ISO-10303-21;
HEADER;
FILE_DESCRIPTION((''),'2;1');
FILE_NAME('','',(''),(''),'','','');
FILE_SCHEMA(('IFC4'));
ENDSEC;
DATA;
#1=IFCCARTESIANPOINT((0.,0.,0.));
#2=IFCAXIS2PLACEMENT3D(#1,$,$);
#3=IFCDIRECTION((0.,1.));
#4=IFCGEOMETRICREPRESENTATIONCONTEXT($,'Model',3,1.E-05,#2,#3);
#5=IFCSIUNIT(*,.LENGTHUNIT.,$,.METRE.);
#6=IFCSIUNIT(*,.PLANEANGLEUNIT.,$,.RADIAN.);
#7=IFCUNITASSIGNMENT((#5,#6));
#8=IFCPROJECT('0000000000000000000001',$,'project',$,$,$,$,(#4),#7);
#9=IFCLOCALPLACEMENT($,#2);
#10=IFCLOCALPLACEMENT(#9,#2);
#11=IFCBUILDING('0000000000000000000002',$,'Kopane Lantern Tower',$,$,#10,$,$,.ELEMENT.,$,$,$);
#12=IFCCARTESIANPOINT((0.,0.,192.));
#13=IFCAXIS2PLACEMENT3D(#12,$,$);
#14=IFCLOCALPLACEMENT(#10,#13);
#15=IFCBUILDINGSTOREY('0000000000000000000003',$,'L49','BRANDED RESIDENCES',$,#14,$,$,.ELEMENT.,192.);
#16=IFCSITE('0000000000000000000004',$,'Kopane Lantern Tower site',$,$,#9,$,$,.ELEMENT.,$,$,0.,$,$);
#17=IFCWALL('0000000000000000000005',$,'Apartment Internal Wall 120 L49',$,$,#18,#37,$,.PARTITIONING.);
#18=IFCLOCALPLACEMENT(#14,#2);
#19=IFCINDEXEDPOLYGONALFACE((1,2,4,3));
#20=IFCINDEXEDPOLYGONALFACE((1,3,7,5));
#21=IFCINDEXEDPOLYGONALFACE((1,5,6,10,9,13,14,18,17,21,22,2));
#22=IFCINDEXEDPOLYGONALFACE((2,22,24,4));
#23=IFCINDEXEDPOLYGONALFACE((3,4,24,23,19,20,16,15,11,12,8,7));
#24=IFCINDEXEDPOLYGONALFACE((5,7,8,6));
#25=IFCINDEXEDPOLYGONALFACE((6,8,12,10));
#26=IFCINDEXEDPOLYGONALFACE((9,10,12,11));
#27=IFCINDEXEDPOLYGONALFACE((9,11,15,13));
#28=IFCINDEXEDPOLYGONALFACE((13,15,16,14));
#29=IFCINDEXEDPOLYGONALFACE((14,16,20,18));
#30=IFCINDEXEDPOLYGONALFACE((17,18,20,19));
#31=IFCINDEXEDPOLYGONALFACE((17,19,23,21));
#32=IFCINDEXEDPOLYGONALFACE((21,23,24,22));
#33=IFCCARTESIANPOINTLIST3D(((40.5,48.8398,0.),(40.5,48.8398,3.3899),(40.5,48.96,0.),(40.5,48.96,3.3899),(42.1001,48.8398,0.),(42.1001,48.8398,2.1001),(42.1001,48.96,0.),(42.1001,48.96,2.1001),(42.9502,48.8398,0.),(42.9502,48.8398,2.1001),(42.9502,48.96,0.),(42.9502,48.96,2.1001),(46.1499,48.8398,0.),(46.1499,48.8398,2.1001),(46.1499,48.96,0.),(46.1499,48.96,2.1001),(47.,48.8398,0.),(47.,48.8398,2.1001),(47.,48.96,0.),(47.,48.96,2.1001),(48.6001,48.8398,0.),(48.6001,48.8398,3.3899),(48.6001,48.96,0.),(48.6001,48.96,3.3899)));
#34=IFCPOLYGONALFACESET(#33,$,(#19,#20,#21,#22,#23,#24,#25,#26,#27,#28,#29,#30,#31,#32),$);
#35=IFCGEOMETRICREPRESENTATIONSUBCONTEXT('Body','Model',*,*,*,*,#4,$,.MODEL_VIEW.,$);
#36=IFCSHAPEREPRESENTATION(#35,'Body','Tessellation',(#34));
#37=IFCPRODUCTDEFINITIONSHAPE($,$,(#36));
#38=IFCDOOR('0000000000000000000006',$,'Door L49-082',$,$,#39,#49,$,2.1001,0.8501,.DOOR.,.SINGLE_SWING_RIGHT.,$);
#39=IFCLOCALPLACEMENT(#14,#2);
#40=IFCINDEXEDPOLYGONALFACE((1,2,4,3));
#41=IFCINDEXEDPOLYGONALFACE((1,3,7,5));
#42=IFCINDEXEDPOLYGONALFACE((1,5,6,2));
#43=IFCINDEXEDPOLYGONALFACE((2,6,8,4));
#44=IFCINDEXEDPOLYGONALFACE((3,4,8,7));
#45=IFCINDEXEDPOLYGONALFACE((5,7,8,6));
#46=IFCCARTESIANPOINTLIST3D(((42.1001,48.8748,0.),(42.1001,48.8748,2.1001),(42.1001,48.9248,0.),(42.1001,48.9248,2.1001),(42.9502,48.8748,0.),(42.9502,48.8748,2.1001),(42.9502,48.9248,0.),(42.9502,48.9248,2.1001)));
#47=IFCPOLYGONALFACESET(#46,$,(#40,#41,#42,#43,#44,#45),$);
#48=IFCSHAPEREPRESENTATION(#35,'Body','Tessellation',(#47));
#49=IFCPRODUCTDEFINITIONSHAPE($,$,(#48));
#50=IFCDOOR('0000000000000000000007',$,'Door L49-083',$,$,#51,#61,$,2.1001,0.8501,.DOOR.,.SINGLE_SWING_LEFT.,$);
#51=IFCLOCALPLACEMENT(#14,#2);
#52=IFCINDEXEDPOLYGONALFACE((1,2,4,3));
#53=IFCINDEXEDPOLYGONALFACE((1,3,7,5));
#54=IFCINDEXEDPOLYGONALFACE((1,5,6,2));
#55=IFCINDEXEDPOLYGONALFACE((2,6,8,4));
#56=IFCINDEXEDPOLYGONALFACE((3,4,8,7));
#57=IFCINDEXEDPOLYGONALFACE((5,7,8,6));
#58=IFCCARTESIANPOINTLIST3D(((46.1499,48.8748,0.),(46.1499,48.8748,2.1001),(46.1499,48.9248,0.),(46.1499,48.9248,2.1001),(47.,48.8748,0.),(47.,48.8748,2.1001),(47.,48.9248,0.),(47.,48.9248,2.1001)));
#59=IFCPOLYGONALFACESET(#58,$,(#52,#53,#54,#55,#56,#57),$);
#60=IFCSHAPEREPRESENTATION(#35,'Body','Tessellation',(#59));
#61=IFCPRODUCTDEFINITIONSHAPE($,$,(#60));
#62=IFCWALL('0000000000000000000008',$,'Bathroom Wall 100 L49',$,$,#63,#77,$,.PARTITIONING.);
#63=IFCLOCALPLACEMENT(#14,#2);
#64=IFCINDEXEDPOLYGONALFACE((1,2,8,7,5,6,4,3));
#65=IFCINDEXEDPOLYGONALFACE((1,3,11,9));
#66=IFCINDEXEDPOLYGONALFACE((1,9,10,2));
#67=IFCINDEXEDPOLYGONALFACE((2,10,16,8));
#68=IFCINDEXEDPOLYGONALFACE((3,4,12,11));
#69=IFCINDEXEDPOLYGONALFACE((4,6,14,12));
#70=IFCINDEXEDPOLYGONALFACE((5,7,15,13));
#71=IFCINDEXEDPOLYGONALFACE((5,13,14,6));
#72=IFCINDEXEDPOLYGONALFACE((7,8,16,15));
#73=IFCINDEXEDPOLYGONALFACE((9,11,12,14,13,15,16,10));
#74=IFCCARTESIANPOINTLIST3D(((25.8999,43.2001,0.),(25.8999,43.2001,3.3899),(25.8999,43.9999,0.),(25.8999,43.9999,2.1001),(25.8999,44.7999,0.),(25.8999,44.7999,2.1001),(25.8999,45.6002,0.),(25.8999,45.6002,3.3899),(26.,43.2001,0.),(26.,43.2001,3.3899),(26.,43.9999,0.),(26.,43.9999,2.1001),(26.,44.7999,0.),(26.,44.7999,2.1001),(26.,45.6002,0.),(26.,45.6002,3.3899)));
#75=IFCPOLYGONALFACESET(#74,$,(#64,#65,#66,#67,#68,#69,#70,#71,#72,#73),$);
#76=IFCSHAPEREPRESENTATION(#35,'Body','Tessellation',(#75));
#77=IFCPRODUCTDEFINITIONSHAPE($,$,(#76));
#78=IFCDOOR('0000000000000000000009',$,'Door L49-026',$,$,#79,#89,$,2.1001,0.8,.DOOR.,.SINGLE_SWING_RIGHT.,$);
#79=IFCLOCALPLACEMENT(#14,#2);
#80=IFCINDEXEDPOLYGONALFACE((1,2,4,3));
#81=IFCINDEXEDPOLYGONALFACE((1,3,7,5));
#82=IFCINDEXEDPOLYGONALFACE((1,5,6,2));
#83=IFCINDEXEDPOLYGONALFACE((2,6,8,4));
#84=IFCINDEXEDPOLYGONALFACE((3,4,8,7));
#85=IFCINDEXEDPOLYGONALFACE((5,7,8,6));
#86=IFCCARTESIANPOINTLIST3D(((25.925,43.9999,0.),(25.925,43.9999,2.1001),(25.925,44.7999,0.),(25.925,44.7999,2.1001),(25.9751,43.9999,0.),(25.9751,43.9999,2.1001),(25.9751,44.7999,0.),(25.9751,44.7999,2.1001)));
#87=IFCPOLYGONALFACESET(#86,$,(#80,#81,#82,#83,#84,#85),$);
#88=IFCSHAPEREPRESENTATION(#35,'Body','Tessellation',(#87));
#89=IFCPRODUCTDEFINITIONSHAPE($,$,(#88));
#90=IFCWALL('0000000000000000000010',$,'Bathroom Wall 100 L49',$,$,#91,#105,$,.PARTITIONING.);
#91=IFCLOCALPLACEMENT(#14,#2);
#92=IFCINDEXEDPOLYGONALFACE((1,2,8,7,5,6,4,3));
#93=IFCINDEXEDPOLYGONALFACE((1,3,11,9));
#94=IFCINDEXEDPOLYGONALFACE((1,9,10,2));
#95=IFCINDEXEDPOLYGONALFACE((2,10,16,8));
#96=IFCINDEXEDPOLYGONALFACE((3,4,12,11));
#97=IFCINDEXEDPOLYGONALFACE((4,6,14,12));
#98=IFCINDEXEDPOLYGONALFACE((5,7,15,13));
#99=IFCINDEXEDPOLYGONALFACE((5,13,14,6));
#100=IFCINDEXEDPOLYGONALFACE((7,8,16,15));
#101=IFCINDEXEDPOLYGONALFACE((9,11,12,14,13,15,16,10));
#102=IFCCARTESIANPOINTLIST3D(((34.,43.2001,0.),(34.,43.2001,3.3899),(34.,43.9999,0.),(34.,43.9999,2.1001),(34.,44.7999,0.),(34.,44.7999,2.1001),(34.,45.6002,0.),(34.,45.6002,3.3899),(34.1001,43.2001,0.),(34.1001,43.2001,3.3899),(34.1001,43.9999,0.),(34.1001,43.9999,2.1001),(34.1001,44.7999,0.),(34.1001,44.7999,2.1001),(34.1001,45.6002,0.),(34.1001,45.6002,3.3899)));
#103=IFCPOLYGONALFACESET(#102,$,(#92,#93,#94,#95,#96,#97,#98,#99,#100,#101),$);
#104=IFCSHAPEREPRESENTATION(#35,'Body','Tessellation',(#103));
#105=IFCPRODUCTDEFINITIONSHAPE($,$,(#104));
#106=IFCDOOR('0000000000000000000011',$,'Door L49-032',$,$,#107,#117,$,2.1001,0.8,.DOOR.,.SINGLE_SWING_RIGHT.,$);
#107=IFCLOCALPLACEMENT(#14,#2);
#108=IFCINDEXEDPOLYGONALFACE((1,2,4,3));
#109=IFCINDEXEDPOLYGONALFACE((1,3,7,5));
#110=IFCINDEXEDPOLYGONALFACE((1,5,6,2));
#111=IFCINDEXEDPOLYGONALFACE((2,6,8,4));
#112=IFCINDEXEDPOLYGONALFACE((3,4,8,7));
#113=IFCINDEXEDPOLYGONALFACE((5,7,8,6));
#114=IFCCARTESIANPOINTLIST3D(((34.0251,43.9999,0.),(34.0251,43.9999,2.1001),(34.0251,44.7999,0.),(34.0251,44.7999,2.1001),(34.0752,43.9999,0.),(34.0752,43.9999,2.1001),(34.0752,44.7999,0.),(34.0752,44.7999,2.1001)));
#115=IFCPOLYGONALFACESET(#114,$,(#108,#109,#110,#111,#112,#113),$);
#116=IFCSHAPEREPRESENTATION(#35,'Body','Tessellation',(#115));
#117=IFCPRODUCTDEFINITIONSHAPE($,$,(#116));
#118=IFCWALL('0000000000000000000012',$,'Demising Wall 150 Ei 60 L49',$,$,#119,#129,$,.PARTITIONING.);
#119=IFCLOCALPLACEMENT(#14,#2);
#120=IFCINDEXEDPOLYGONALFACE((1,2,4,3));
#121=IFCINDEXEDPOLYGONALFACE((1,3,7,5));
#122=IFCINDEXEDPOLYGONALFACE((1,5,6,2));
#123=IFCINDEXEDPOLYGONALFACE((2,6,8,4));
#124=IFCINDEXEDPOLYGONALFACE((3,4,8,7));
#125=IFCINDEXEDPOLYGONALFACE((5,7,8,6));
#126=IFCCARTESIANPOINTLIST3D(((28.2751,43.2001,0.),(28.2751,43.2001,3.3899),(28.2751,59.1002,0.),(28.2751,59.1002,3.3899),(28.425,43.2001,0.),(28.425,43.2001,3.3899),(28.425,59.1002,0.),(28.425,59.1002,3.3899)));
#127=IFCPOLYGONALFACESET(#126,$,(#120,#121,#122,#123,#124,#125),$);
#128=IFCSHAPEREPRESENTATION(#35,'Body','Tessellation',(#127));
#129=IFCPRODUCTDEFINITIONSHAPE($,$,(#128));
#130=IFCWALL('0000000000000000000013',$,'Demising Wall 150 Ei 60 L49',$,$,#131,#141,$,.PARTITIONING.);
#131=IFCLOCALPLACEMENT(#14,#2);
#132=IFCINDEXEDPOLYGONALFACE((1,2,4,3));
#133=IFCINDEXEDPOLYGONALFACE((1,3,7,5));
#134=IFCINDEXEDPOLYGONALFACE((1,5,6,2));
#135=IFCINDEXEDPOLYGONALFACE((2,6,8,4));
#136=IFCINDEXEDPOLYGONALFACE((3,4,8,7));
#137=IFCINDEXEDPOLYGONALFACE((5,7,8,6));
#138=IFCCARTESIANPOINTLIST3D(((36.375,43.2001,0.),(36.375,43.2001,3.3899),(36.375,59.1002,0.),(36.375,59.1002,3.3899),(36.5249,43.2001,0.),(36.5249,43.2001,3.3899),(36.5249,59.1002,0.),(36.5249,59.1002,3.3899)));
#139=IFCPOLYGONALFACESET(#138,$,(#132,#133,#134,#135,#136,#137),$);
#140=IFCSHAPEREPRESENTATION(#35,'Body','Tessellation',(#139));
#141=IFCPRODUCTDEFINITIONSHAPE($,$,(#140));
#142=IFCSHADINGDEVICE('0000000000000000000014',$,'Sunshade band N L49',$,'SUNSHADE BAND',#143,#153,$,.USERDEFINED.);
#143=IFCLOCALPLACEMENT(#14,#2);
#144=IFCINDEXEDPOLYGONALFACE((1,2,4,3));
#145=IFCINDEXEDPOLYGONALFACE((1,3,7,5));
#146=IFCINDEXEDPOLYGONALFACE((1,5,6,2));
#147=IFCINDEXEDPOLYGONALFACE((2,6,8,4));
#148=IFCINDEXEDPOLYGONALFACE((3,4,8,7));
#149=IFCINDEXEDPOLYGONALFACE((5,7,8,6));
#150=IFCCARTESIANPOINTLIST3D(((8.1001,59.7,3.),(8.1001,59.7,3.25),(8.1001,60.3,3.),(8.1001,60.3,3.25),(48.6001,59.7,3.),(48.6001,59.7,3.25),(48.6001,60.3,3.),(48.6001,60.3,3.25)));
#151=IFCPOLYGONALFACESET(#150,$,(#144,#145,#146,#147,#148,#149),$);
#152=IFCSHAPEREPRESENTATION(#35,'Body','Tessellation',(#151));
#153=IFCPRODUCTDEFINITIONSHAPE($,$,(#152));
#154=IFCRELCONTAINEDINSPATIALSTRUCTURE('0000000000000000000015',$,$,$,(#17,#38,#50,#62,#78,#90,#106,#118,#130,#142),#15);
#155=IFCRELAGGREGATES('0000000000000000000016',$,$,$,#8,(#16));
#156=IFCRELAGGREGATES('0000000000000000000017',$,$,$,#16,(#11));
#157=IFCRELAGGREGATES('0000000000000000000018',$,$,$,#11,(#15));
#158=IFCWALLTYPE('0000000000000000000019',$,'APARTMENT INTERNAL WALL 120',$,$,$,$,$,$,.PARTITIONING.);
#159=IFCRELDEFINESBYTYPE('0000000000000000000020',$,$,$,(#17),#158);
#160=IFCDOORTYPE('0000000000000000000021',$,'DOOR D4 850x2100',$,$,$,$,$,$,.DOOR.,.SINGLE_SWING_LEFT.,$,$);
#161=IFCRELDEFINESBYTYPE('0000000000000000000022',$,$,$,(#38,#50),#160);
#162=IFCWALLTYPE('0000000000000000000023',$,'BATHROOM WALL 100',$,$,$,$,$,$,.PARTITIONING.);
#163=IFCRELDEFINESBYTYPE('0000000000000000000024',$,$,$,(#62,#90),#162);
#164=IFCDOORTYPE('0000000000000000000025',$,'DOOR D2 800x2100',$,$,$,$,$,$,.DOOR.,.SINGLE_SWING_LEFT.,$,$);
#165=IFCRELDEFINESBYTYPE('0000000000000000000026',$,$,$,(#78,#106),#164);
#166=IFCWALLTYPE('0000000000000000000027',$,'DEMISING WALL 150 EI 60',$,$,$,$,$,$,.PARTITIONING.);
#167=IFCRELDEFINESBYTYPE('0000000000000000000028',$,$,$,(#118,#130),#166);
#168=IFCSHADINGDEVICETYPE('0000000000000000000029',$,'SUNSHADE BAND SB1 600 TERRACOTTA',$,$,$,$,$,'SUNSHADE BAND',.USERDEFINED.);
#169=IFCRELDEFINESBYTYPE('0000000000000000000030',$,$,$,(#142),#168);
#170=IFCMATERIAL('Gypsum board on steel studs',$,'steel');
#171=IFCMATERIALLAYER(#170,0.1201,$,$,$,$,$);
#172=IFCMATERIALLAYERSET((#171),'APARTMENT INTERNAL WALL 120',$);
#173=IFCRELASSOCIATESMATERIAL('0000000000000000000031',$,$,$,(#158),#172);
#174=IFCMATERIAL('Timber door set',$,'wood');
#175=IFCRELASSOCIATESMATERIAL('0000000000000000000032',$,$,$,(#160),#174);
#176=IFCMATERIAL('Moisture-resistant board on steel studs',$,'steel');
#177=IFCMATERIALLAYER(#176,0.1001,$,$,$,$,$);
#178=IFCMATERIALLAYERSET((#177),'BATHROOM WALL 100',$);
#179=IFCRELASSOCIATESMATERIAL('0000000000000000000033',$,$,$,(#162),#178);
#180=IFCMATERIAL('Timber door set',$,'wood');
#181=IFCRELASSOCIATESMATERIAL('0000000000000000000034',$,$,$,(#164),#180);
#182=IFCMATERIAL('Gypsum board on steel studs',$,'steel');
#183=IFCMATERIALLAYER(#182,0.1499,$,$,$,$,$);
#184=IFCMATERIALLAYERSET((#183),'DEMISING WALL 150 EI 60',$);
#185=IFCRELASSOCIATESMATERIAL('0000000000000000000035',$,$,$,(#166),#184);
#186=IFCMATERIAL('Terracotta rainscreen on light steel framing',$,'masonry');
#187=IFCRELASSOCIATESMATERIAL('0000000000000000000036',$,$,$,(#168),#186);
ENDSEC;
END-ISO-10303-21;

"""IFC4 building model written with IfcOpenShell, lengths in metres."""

from ifc_helpers import new_model, si_unit, direction, frame, frame_2d, origin, origin_2d, place, context, subcontext, project, spatial, rectangle, extrude, material, layer, layer_set, type_object, element, fill, save


model = new_model("IFC4")

# Units and contexts
model_context = context("Model", 3, precision=1e-05, world=origin(), true_north=direction((0.0, 1.0)))
body_context = subcontext(model_context, "Body", "Model", "MODEL_VIEW")
ifc_project = project(units=[si_unit("LENGTHUNIT", "METRE"), si_unit("PLANEANGLEUNIT", "RADIAN")], contexts=[model_context])

# Site, building, storey
site_placement = place(None, origin())
site = spatial("IfcSite", under=ifc_project, at=site_placement, Name="Kopane Lantern Tower site", CompositionType="ELEMENT", RefElevation=0.0)
building_placement = place(site_placement, origin())
building = spatial("IfcBuilding", under=site, at=building_placement, Name="Kopane Lantern Tower", CompositionType="ELEMENT")
storey_placement = place(building_placement, frame((0.0, 0.0, 192.0)))
storey = spatial("IfcBuildingStorey", under=building, at=storey_placement, Name="L49", Description="BRANDED RESIDENCES", CompositionType="ELEMENT", Elevation=192.0)

# Shared definitions
ifc_material_1 = material(Name="Gypsum board on steel studs", Category="steel")
ifc_layer_1 = layer(ifc_material_1, 0.1201)
ifc_layer_set_1 = layer_set([ifc_layer_1], Name="APARTMENT INTERNAL WALL 120")
wall_type_1 = type_object("IfcWallType", Name="APARTMENT INTERNAL WALL 120", PredefinedType="PARTITIONING", material=ifc_layer_set_1)

# Shared definitions
ifc_material_2 = material(Name="Timber door set", Category="wood")
door_type_1 = type_object("IfcDoorType", Name="DOOR D4 850x2100", OperationType="SINGLE_SWING_LEFT", PredefinedType="DOOR", material=ifc_material_2)

# Wall, openings, doors
wall_1_placement = place(storey_placement, frame((40.5, 48.8999, 0.0), z_axis=(0.0, 0.0, 1.0), x_axis=(1.0, 0.0, 0.0)))
wall_1 = element("IfcWall", 1, at=wall_1_placement, inside=storey, type_object=wall_type_1, Name="Apartment Internal Wall 120 L49", PredefinedType="PARTITIONING", context=body_context, shape_type="SweptSolid", body=[
    extrude(rectangle(XDim=8.1001, YDim=0.1201, at=frame_2d((4.05, 0.0))), origin(), (0.0, 0.0, 1.0), 3.3899),
])
opening_1_placement = place(wall_1_placement, frame((1.6001, 0.0, 0.0)))
opening_1 = element("IfcOpeningElement", 2, at=opening_1_placement, cuts=wall_1, PredefinedType="OPENING", context=body_context, shape_type="SweptSolid", body=[
    extrude(rectangle(XDim=0.8501, YDim=2.1001, at=frame_2d((0.425, 1.05))), frame((0.0, 0.0701, 0.0), z_axis=(0.0, -1.0, 0.0), x_axis=(1.0, 0.0, 0.0)), (0.0, 0.0, 1.0), 0.1401),
])
opening_2_placement = place(wall_1_placement, frame((5.6499, 0.0, 0.0)))
opening_2 = element("IfcOpeningElement", 3, at=opening_2_placement, cuts=wall_1, PredefinedType="OPENING", context=body_context, shape_type="SweptSolid", body=[
    extrude(rectangle(XDim=0.8501, YDim=2.1001, at=frame_2d((0.425, 1.05))), frame((0.0, 0.0701, 0.0), z_axis=(0.0, -1.0, 0.0), x_axis=(1.0, 0.0, 0.0)), (0.0, 0.0, 1.0), 0.1401),
])
door_1_placement = place(opening_1_placement, origin())
door_1 = element("IfcDoor", 4, at=door_1_placement, inside=storey, type_object=door_type_1, Name="Door L49-082", OperationType="SINGLE_SWING_RIGHT", OverallHeight=2.1001, OverallWidth=0.8501, PredefinedType="DOOR", context=body_context, shape_type="SweptSolid", body=[
    extrude(rectangle(XDim=0.8501, YDim=2.1001, at=frame_2d((0.425, 1.05))), frame((0.0, 0.0249, 0.0), z_axis=(0.0, -1.0, 0.0), x_axis=(1.0, 0.0, 0.0)), (0.0, 0.0, 1.0), 0.05),
])
fill(opening_1, door_1)
door_2_placement = place(opening_2_placement, origin())
door_2 = element("IfcDoor", 5, at=door_2_placement, inside=storey, type_object=door_type_1, Name="Door L49-083", OperationType="SINGLE_SWING_LEFT", OverallHeight=2.1001, OverallWidth=0.8501, PredefinedType="DOOR", context=body_context, shape_type="SweptSolid", body=[
    extrude(rectangle(XDim=0.8501, YDim=2.1001, at=frame_2d((0.425, 1.05))), frame((0.0, 0.0249, 0.0), z_axis=(0.0, -1.0, 0.0), x_axis=(1.0, 0.0, 0.0)), (0.0, 0.0, 1.0), 0.05),
])
fill(opening_2, door_2)

# Walls, openings, doors
ifc_material_3 = material(Name="Moisture-resistant board on steel studs", Category="steel")
ifc_layer_2 = layer(ifc_material_3, 0.1001)
ifc_layer_set_2 = layer_set([ifc_layer_2], Name="BATHROOM WALL 100")
wall_type_2 = type_object("IfcWallType", Name="BATHROOM WALL 100", PredefinedType="PARTITIONING", material=ifc_layer_set_2)
wall_2_placement = place(storey_placement, frame((25.95, 43.2, 0.0), z_axis=(0.0, 0.0, 1.0), x_axis=(0.0, 1.0, 0.0)))
wall_2 = element("IfcWall", 6, at=wall_2_placement, inside=storey, type_object=wall_type_2, Name="Bathroom Wall 100 L49", PredefinedType="PARTITIONING", context=body_context, shape_type="SweptSolid", body=[
    extrude(rectangle(XDim=2.4001, YDim=0.1001, at=frame_2d((1.2002, 0.0))), origin(), (0.0, 0.0, 1.0), 3.3899),
])
opening_3_placement = place(wall_2_placement, frame((0.8, 0.0, 0.0)))
opening_3 = element("IfcOpeningElement", 7, at=opening_3_placement, cuts=wall_2, PredefinedType="OPENING", context=body_context, shape_type="SweptSolid", body=[
    extrude(rectangle(XDim=0.8, YDim=2.1001, at=frame_2d((0.3999, 1.05))), frame((0.0, 0.0601, 0.0), z_axis=(0.0, -1.0, 0.0), x_axis=(1.0, 0.0, 0.0)), (0.0, 0.0, 1.0), 0.1201),
])
ifc_material_4 = material(Name="Timber door set", Category="wood")
door_type_2 = type_object("IfcDoorType", Name="DOOR D2 800x2100", OperationType="SINGLE_SWING_LEFT", PredefinedType="DOOR", material=ifc_material_4)
door_3_placement = place(opening_3_placement, origin())
door_3 = element("IfcDoor", 8, at=door_3_placement, inside=storey, type_object=door_type_2, Name="Door L49-026", OperationType="SINGLE_SWING_RIGHT", OverallHeight=2.1001, OverallWidth=0.8, PredefinedType="DOOR", context=body_context, shape_type="SweptSolid", body=[
    extrude(rectangle(XDim=0.8, YDim=2.1001, at=frame_2d((0.3999, 1.05))), frame((0.0, 0.0249, 0.0), z_axis=(0.0, -1.0, 0.0), x_axis=(1.0, 0.0, 0.0)), (0.0, 0.0, 1.0), 0.05),
])
fill(opening_3, door_3)
wall_3_placement = place(storey_placement, frame((34.05, 43.2, 0.0), z_axis=(0.0, 0.0, 1.0), x_axis=(0.0, 1.0, 0.0)))
wall_3 = element("IfcWall", 9, at=wall_3_placement, inside=storey, type_object=wall_type_2, Name="Bathroom Wall 100 L49", PredefinedType="PARTITIONING", context=body_context, shape_type="SweptSolid", body=[
    extrude(rectangle(XDim=2.4001, YDim=0.1001, at=frame_2d((1.2002, 0.0))), origin(), (0.0, 0.0, 1.0), 3.3899),
])
opening_4_placement = place(wall_3_placement, frame((0.8, 0.0, 0.0)))
opening_4 = element("IfcOpeningElement", 10, at=opening_4_placement, cuts=wall_3, PredefinedType="OPENING", context=body_context, shape_type="SweptSolid", body=[
    extrude(rectangle(XDim=0.8, YDim=2.1001, at=frame_2d((0.3999, 1.05))), frame((0.0, 0.0601, 0.0), z_axis=(0.0, -1.0, 0.0), x_axis=(1.0, 0.0, 0.0)), (0.0, 0.0, 1.0), 0.1201),
])
door_4_placement = place(opening_4_placement, origin())
door_4 = element("IfcDoor", 11, at=door_4_placement, inside=storey, type_object=door_type_2, Name="Door L49-032", OperationType="SINGLE_SWING_RIGHT", OverallHeight=2.1001, OverallWidth=0.8, PredefinedType="DOOR", context=body_context, shape_type="SweptSolid", body=[
    extrude(rectangle(XDim=0.8, YDim=2.1001, at=frame_2d((0.3999, 1.05))), frame((0.0, 0.0249, 0.0), z_axis=(0.0, -1.0, 0.0), x_axis=(1.0, 0.0, 0.0)), (0.0, 0.0, 1.0), 0.05),
])
fill(opening_4, door_4)

# Walls
ifc_material_5 = material(Name="Gypsum board on steel studs", Category="steel")
ifc_layer_3 = layer(ifc_material_5, 0.1499)
ifc_layer_set_3 = layer_set([ifc_layer_3], Name="DEMISING WALL 150 EI 60")
wall_type_3 = type_object("IfcWallType", Name="DEMISING WALL 150 EI 60", PredefinedType="PARTITIONING", material=ifc_layer_set_3)
for number, where, z_axis, x_axis, name in (
    (12, (28.3501, 43.2, 0.0), (0.0, 0.0, 1.0), (0.0, 1.0, 0.0), "Demising Wall 150 Ei 60 L49"),
    (13, (36.45, 43.2, 0.0), (0.0, 0.0, 1.0), (0.0, 1.0, 0.0), "Demising Wall 150 Ei 60 L49"),
):
    element("IfcWall", number, at=place(storey_placement, frame(where, z_axis=z_axis, x_axis=x_axis)), inside=storey, type_object=wall_type_3, Name=name, PredefinedType="PARTITIONING", context=body_context, shape_type="SweptSolid", body=[
        extrude(rectangle(XDim=15.9001, YDim=0.1499, at=frame_2d((7.9502, 0.0))), origin(), (0.0, 0.0, 1.0), 3.3899),
    ])

# Shading device
ifc_material_6 = material(Name="Terracotta rainscreen on light steel framing", Category="masonry")
shading_device_type = type_object("IfcShadingDeviceType", Name="SUNSHADE BAND SB1 600 TERRACOTTA", ElementType="SUNSHADE BAND", PredefinedType="USERDEFINED", material=ifc_material_6)
shading_device_placement = place(storey_placement, frame((28.3501, 60.0, 3.0), z_axis=(0.0, 0.0, 1.0), x_axis=(-1.0, 0.0, 0.0)))
element("IfcShadingDevice", 14, at=shading_device_placement, inside=storey, type_object=shading_device_type, Name="Sunshade band N L49", ObjectType="SUNSHADE BAND", PredefinedType="USERDEFINED", context=body_context, shape_type="SweptSolid", body=[
    extrude(rectangle(XDim=40.5, YDim=0.6001, at=origin_2d()), origin(), (0.0, 0.0, 1.0), 0.25),
])

save(model, "model.ifc")
